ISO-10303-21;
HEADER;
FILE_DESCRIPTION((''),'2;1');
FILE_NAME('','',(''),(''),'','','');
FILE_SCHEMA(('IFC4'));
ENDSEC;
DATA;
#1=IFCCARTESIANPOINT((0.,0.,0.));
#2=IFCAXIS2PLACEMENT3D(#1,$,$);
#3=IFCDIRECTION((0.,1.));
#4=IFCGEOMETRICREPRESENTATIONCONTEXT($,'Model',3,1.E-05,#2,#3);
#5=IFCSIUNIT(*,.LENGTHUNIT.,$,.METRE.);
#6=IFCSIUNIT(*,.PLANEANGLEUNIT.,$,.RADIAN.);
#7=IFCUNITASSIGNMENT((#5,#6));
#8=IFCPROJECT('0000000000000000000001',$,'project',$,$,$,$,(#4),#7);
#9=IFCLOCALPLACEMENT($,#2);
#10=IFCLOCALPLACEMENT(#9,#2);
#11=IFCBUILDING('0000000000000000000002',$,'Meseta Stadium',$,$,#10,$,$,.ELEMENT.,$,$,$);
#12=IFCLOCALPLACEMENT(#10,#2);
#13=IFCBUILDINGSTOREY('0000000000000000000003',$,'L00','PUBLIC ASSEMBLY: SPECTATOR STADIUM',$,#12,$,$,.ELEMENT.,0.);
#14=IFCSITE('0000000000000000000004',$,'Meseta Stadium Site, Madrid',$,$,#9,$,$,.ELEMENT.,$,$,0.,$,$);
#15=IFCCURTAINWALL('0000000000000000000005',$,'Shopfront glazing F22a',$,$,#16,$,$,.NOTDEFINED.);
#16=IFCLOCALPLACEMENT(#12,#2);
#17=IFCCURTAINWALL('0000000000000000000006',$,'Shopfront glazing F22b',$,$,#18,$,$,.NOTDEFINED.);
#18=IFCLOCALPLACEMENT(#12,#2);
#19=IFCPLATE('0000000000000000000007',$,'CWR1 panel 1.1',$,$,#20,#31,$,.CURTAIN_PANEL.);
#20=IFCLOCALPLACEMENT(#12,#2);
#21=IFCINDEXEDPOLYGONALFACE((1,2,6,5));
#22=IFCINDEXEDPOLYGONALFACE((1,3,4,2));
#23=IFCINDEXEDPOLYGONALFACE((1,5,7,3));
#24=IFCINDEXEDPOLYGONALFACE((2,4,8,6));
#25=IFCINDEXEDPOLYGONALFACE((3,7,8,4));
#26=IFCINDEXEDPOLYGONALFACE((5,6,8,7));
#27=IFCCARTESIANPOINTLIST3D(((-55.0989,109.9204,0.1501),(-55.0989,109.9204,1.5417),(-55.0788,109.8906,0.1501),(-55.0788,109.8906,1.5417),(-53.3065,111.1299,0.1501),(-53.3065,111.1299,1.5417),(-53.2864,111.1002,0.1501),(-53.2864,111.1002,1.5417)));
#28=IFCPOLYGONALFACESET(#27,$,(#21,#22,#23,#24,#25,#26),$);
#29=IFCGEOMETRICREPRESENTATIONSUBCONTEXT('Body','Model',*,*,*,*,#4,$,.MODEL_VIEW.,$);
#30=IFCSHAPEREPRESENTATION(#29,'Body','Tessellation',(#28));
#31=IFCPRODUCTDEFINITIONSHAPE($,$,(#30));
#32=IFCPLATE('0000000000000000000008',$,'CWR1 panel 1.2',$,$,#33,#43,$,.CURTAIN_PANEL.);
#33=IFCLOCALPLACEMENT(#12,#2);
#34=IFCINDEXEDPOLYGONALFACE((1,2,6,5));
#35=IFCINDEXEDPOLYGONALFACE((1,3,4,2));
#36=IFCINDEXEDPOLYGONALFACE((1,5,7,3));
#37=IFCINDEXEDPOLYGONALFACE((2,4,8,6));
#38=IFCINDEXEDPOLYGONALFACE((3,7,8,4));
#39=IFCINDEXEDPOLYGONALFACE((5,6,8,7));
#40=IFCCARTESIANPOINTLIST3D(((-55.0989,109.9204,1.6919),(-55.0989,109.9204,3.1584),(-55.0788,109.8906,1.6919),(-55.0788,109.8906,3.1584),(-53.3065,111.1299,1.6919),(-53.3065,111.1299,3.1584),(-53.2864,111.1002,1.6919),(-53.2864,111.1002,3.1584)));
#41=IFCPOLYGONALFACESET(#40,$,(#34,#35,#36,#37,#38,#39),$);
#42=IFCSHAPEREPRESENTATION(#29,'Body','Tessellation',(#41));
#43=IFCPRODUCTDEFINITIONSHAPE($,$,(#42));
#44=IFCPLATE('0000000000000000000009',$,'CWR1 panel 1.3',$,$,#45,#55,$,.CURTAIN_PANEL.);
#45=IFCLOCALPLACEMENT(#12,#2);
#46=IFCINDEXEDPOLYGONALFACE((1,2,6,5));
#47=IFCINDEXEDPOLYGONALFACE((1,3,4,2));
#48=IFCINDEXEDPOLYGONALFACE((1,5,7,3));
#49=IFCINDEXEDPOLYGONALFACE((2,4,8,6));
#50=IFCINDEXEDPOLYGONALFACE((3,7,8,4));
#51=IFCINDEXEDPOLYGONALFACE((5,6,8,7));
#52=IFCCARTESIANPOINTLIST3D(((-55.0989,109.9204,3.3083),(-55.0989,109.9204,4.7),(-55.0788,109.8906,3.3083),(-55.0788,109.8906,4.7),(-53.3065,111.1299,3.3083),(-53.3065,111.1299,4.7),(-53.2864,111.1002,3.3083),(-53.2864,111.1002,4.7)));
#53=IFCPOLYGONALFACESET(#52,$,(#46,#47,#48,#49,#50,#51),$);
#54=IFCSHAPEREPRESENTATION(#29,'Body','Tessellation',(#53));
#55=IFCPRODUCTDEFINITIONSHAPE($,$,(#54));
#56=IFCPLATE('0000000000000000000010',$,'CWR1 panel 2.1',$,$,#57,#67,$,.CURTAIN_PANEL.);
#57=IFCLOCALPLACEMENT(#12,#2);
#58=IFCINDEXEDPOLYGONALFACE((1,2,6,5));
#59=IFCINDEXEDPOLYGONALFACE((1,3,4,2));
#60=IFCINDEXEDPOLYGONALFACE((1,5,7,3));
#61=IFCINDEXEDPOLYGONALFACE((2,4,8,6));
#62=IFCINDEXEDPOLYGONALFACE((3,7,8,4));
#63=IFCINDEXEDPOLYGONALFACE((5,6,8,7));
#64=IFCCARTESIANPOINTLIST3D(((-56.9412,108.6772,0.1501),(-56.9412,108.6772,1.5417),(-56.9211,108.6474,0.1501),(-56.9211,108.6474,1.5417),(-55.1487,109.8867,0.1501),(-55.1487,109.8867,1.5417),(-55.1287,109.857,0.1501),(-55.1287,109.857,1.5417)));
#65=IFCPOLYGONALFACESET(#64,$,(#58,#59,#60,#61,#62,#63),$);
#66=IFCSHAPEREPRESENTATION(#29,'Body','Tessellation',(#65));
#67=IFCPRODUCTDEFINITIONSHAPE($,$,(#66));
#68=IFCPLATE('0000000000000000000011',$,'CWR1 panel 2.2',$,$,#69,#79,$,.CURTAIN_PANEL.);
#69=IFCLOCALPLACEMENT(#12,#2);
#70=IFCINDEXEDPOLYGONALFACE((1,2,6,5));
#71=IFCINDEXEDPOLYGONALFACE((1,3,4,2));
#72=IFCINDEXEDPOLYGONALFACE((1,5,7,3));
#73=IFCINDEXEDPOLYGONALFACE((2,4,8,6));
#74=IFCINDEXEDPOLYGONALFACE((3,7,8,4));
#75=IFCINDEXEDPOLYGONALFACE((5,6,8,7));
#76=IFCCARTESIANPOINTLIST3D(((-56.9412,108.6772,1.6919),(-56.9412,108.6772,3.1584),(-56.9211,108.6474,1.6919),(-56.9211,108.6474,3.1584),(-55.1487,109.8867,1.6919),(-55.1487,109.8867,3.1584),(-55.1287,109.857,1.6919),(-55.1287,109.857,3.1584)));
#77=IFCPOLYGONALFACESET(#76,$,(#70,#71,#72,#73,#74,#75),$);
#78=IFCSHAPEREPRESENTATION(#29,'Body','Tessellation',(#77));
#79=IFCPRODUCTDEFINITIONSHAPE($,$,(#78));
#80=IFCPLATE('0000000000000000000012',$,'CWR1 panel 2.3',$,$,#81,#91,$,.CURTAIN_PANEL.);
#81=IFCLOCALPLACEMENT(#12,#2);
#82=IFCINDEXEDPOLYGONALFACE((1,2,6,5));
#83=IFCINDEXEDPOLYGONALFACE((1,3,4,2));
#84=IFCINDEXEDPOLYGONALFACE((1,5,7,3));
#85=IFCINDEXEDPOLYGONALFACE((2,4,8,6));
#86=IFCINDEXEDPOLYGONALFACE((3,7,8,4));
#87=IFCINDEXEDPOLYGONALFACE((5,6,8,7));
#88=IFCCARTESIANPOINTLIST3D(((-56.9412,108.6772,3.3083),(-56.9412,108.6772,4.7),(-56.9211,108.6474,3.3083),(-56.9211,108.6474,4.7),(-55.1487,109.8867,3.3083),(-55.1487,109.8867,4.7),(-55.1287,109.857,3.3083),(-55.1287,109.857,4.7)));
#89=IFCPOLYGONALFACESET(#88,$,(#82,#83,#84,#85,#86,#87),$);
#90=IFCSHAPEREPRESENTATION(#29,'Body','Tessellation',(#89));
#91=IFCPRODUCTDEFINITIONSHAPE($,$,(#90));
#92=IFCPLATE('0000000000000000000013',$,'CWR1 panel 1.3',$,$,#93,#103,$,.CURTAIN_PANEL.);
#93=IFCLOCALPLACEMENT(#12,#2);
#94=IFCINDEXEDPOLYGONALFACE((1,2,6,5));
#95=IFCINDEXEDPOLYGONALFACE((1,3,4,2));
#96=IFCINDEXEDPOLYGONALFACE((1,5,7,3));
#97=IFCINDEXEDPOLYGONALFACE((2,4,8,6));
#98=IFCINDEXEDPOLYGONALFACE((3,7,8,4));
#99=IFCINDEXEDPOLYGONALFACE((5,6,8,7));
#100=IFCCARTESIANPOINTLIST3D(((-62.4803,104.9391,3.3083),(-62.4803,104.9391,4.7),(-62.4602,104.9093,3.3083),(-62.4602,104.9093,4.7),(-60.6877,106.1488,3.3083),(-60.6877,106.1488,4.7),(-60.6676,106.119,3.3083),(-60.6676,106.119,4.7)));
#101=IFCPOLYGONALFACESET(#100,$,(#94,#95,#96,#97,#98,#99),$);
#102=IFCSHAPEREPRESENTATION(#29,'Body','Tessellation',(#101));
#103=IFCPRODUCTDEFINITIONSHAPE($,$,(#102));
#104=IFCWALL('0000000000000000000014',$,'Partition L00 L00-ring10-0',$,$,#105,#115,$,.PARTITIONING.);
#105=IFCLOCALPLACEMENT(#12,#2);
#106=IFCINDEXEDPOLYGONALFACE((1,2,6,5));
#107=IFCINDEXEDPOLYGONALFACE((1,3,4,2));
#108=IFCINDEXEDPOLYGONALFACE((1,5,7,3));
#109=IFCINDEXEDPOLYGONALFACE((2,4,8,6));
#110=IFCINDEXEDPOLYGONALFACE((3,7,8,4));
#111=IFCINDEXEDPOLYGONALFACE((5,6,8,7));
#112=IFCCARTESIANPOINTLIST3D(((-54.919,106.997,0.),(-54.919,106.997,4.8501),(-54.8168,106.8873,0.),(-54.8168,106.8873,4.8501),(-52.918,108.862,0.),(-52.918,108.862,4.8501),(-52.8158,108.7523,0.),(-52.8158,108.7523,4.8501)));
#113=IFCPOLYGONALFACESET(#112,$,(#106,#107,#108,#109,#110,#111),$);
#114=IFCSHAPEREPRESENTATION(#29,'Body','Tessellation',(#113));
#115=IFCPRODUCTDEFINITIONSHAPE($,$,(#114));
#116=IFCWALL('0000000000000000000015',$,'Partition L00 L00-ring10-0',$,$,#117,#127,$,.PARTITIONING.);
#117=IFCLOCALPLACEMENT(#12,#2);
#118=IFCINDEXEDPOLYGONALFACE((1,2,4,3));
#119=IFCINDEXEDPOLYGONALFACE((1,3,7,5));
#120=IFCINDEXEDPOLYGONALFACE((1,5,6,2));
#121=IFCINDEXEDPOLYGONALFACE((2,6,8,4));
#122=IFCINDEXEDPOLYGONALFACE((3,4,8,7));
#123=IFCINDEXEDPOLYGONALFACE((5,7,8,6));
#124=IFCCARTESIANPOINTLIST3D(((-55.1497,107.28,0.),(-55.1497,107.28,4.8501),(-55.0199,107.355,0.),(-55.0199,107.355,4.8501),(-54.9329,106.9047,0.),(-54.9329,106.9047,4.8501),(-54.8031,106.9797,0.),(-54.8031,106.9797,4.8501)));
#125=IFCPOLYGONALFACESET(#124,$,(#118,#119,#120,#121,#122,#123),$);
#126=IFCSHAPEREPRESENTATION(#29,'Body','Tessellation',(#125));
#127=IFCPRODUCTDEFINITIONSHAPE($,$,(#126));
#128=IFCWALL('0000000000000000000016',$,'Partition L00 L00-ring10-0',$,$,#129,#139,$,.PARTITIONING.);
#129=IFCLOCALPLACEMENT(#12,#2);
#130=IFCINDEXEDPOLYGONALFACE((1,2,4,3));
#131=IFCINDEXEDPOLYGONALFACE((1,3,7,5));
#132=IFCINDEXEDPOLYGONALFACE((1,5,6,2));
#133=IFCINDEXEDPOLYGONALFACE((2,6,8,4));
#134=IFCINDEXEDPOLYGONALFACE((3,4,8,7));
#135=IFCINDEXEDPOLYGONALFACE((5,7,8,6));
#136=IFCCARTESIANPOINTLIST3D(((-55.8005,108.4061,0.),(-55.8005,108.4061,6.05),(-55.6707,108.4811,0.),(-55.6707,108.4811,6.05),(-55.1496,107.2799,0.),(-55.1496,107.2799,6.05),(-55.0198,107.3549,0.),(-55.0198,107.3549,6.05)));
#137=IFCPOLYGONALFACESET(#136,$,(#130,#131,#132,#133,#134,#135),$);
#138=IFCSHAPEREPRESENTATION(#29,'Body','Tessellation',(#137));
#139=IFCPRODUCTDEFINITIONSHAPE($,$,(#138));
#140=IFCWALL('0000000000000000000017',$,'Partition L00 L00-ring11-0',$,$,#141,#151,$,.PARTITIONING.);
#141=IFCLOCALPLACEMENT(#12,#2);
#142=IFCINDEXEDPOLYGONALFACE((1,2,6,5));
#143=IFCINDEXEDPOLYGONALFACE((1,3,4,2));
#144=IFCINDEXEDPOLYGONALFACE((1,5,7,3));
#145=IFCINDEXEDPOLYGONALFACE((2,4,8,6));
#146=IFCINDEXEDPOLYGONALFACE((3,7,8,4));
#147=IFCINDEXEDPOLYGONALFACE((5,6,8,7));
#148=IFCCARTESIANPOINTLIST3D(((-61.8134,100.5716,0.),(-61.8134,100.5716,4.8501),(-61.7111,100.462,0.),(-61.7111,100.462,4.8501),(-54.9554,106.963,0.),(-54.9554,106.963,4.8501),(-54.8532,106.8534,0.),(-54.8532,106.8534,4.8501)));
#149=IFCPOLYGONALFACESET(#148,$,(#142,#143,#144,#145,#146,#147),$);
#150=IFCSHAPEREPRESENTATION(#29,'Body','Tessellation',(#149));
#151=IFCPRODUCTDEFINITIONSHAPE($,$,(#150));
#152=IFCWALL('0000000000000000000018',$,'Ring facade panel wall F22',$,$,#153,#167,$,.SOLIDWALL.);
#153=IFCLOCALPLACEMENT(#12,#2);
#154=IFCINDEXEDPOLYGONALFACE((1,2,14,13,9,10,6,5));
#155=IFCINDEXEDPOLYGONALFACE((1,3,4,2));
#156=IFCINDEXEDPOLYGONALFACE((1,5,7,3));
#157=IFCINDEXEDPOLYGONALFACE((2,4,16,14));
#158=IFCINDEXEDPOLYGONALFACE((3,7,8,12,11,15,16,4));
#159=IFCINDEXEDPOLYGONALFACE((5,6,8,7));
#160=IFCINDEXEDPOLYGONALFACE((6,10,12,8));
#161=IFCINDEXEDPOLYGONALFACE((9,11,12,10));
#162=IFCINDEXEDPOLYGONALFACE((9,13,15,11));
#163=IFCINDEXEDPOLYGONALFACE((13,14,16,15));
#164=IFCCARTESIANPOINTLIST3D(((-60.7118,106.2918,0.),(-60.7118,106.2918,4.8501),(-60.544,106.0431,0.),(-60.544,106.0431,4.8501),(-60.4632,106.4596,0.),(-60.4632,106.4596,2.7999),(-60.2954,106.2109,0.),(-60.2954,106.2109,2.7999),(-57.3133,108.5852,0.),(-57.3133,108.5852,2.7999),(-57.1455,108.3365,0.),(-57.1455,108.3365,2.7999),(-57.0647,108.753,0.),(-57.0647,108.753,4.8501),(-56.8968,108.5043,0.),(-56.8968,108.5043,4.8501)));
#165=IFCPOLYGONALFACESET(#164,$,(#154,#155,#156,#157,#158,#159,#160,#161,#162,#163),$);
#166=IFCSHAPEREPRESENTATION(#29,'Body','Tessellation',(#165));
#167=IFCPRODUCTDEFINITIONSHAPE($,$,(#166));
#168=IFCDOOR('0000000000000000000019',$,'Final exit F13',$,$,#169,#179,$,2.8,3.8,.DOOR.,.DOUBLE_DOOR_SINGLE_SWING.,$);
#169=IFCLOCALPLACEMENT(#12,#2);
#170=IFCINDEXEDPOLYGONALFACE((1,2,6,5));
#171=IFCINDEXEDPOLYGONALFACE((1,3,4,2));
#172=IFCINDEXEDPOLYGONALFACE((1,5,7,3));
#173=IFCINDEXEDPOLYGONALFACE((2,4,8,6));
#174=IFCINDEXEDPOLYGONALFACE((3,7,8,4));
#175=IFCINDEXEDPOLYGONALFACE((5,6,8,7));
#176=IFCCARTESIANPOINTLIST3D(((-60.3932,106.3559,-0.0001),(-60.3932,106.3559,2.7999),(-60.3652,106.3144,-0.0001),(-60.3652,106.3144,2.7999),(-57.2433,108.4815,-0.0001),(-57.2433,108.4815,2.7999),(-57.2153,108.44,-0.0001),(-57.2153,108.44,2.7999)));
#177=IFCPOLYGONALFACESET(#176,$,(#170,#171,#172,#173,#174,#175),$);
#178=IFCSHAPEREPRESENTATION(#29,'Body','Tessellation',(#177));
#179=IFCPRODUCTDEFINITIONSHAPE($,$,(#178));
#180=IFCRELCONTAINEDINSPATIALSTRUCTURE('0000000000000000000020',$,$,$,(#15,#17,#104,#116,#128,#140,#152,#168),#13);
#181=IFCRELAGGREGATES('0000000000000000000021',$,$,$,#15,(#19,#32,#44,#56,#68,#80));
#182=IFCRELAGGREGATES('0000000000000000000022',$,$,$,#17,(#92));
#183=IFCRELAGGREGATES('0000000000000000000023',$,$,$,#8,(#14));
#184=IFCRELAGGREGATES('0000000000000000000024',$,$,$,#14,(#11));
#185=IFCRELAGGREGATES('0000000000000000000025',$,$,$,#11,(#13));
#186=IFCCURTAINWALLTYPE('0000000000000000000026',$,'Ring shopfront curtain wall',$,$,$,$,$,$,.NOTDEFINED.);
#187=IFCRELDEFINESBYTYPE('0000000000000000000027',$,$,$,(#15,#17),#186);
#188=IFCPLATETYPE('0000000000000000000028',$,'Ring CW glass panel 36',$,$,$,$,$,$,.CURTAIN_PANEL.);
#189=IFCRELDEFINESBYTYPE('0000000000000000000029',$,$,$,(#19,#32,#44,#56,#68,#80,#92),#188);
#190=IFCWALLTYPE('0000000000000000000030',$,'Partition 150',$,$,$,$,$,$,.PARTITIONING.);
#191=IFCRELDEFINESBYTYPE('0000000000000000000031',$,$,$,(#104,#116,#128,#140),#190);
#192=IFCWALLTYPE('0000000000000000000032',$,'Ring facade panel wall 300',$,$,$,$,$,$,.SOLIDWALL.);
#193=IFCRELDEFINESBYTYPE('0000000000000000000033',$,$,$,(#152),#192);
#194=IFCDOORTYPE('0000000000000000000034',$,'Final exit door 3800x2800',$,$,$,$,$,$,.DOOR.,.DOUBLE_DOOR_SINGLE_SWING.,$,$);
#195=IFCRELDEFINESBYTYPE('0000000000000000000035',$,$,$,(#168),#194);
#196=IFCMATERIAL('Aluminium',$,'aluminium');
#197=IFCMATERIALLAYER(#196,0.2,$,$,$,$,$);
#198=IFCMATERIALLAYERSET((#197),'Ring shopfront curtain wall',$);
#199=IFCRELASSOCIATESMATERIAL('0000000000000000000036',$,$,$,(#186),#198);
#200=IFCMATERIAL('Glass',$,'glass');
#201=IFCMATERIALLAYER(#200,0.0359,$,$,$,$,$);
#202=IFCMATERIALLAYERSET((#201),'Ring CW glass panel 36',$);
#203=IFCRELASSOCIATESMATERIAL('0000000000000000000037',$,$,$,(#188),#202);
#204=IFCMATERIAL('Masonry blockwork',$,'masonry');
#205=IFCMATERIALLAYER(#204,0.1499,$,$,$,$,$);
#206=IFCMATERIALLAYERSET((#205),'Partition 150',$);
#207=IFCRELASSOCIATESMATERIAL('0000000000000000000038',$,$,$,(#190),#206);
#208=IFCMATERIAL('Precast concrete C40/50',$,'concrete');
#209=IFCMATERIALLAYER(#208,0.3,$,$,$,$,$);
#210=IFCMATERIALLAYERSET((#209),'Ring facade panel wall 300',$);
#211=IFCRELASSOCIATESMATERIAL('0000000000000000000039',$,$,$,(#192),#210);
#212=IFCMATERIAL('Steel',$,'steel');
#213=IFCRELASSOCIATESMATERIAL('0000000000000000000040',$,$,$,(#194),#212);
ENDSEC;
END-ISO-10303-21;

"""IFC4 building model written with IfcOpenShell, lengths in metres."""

from ifc_helpers import new_model, si_unit, direction, frame, frame_2d, origin, origin_2d, place, context, subcontext, project, spatial, rectangle, extrude, material, layer, layer_set, type_object, element, fill, aggregate, save


model = new_model("IFC4")

# Units and contexts
model_context = context("Model", 3, precision=1e-05, world=origin(), true_north=direction((0.0, 1.0)))
body_context = subcontext(model_context, "Body", "Model", "MODEL_VIEW")
ifc_project = project(units=[si_unit("LENGTHUNIT", "METRE"), si_unit("PLANEANGLEUNIT", "RADIAN")], contexts=[model_context])

# Site, building, storey
site_placement = place(None, origin())
site = spatial("IfcSite", under=ifc_project, at=site_placement, Name="Meseta Stadium Site, Madrid", CompositionType="ELEMENT", RefElevation=0.0)
building_placement = place(site_placement, origin())
building = spatial("IfcBuilding", under=site, at=building_placement, Name="Meseta Stadium", CompositionType="ELEMENT")
storey_placement = place(building_placement, origin())
storey = spatial("IfcBuildingStorey", under=building, at=storey_placement, Name="L00", Description="PUBLIC ASSEMBLY: SPECTATOR STADIUM", CompositionType="ELEMENT", Elevation=0.0)

# Curtain wall
ifc_material_1 = material(Name="Aluminium", Category="aluminium")
ifc_layer_1 = layer(ifc_material_1, 0.2)
ifc_layer_set_1 = layer_set([ifc_layer_1], Name="Ring shopfront curtain wall")
curtain_wall_type = type_object("IfcCurtainWallType", Name="Ring shopfront curtain wall", PredefinedType="NOTDEFINED", material=ifc_layer_set_1)
curtain_wall_1_placement = place(storey_placement, origin())
curtain_wall_1 = element("IfcCurtainWall", 1, at=curtain_wall_1_placement, inside=storey, type_object=curtain_wall_type, Name="Shopfront glazing F22a", PredefinedType="NOTDEFINED")

# Curtain wall
curtain_wall_2_placement = place(storey_placement, origin())
curtain_wall_2 = element("IfcCurtainWall", 2, at=curtain_wall_2_placement, inside=storey, type_object=curtain_wall_type, Name="Shopfront glazing F22b", PredefinedType="NOTDEFINED")

# Plates
ifc_material_2 = material(Name="Glass", Category="glass")
ifc_layer_2 = layer(ifc_material_2, 0.0359)
ifc_layer_set_2 = layer_set([ifc_layer_2], Name="Ring CW glass panel 36")
plate_type = type_object("IfcPlateType", Name="Ring CW glass panel 36", PredefinedType="CURTAIN_PANEL", material=ifc_layer_set_2)
plate_1_placement = place(storey_placement, frame((-54.1926, 110.5103, 0.1501), z_axis=(0.0, 0.0, 1.0), x_axis=(-0.828919, -0.559368, 0.0)))
plate_1 = element("IfcPlate", 3, at=plate_1_placement, type_object=plate_type, Name="CWR1 panel 1.1", PredefinedType="CURTAIN_PANEL", context=body_context, shape_type="SweptSolid", body=[
    extrude(rectangle(XDim=2.1624, YDim=0.0359, at=origin_2d()), origin(), (0.0, 0.0, 1.0), 1.3916),
])
plate_2_placement = place(storey_placement, frame((-54.1926, 110.5103, 1.6919), z_axis=(0.0, 0.0, 1.0), x_axis=(-0.828919, -0.559368, 0.0)))
plate_2 = element("IfcPlate", 4, at=plate_2_placement, type_object=plate_type, Name="CWR1 panel 1.2", PredefinedType="CURTAIN_PANEL", context=body_context, shape_type="SweptSolid", body=[
    extrude(rectangle(XDim=2.1624, YDim=0.0359, at=origin_2d()), origin(), (0.0, 0.0, 1.0), 1.4666),
])
plate_3_placement = place(storey_placement, frame((-54.1926, 110.5103, 3.3083), z_axis=(0.0, 0.0, 1.0), x_axis=(-0.828919, -0.559368, 0.0)))
plate_3 = element("IfcPlate", 5, at=plate_3_placement, type_object=plate_type, Name="CWR1 panel 1.3", PredefinedType="CURTAIN_PANEL", context=body_context, shape_type="SweptSolid", body=[
    extrude(rectangle(XDim=2.1624, YDim=0.0359, at=origin_2d()), origin(), (0.0, 0.0, 1.0), 1.3916),
])
plate_4_placement = place(storey_placement, frame((-56.0349, 109.2671, 0.1501), z_axis=(0.0, 0.0, 1.0), x_axis=(-0.828919, -0.559368, 0.0)))
plate_4 = element("IfcPlate", 6, at=plate_4_placement, type_object=plate_type, Name="CWR1 panel 2.1", PredefinedType="CURTAIN_PANEL", context=body_context, shape_type="SweptSolid", body=[
    extrude(rectangle(XDim=2.1624, YDim=0.0359, at=origin_2d()), origin(), (0.0, 0.0, 1.0), 1.3916),
])
plate_5_placement = place(storey_placement, frame((-56.0349, 109.2671, 1.6919), z_axis=(0.0, 0.0, 1.0), x_axis=(-0.828919, -0.559368, 0.0)))
plate_5 = element("IfcPlate", 7, at=plate_5_placement, type_object=plate_type, Name="CWR1 panel 2.2", PredefinedType="CURTAIN_PANEL", context=body_context, shape_type="SweptSolid", body=[
    extrude(rectangle(XDim=2.1624, YDim=0.0359, at=origin_2d()), origin(), (0.0, 0.0, 1.0), 1.4666),
])
plate_6_placement = place(storey_placement, frame((-56.0349, 109.2671, 3.3083), z_axis=(0.0, 0.0, 1.0), x_axis=(-0.828919, -0.559368, 0.0)))
plate_6 = element("IfcPlate", 8, at=plate_6_placement, type_object=plate_type, Name="CWR1 panel 2.3", PredefinedType="CURTAIN_PANEL", context=body_context, shape_type="SweptSolid", body=[
    extrude(rectangle(XDim=2.1624, YDim=0.0359, at=origin_2d()), origin(), (0.0, 0.0, 1.0), 1.3916),
])
aggregate(curtain_wall_1, [plate_1, plate_2, plate_3, plate_4, plate_5, plate_6])
plate_7_placement = place(storey_placement, frame((-61.574, 105.5291, 3.3083), z_axis=(0.0, 0.0, 1.0), x_axis=(-0.828909, -0.559384, 0.0)))
plate_7 = element("IfcPlate", 9, at=plate_7_placement, type_object=plate_type, Name="CWR1 panel 1.3", PredefinedType="CURTAIN_PANEL", context=body_context, shape_type="SweptSolid", body=[
    extrude(rectangle(XDim=2.1626, YDim=0.0359, at=origin_2d()), origin(), (0.0, 0.0, 1.0), 1.3916),
])
aggregate(curtain_wall_2, [plate_7])

# Walls
ifc_material_3 = material(Name="Masonry blockwork", Category="masonry")
ifc_layer_3 = layer(ifc_material_3, 0.1499)
ifc_layer_set_3 = layer_set([ifc_layer_3], Name="Partition 150")
wall_type_1 = type_object("IfcWallType", Name="Partition 150", PredefinedType="PARTITIONING", material=ifc_layer_set_3)
wall_1_placement = place(storey_placement, frame((-52.8669, 108.8071, 0.0), z_axis=(0.0, 0.0, 1.0), x_axis=(-0.731527, -0.681812, 0.0)))
element("IfcWall", 10, at=wall_1_placement, inside=storey, type_object=wall_type_1, Name="Partition L00 L00-ring10-0", PredefinedType="PARTITIONING", context=body_context, shape_type="SweptSolid", body=[
    extrude(rectangle(XDim=2.7354, YDim=0.1499, at=frame_2d((1.3677, 0.0))), origin(), (0.0, 0.0, 1.0), 4.8501),
])
wall_2_placement = place(storey_placement, frame((-54.8679, 106.9421, 0.0), z_axis=(0.0, 0.0, 1.0), x_axis=(-0.500259, 0.865876, 0.0)))
element("IfcWall", 11, at=wall_2_placement, inside=storey, type_object=wall_type_1, Name="Partition L00 L00-ring10-0", PredefinedType="PARTITIONING", context=body_context, shape_type="SweptSolid", body=[
    extrude(rectangle(XDim=0.4333, YDim=0.1499, at=frame_2d((0.2168, 0.0))), origin(), (0.0, 0.0, 1.0), 4.8501),
])
wall_3_placement = place(storey_placement, frame((-55.0847, 107.3174, 0.0), z_axis=(0.0, 0.0, 1.0), x_axis=(-0.500378, 0.865807, 0.0)))
element("IfcWall", 12, at=wall_3_placement, inside=storey, type_object=wall_type_1, Name="Partition L00 L00-ring10-0", PredefinedType="PARTITIONING", context=body_context, shape_type="SweptSolid", body=[
    extrude(rectangle(XDim=1.3008, YDim=0.1499, at=frame_2d((0.6504, 0.0))), origin(), (0.0, 0.0, 1.0), 6.05),
])
wall_4_placement = place(storey_placement, frame((-54.9043, 106.9082, 0.0), z_axis=(0.0, 0.0, 1.0), x_axis=(-0.731553, -0.681785, 0.0)))
element("IfcWall", 13, at=wall_4_placement, inside=storey, type_object=wall_type_1, Name="Partition L00 L00-ring11-0", PredefinedType="PARTITIONING", context=body_context, shape_type="SweptSolid", body=[
    extrude(rectangle(XDim=9.3745, YDim=0.1499, at=frame_2d((4.6873, 0.0))), origin(), (0.0, 0.0, 1.0), 4.8501),
])

# Wall, opening, door
ifc_material_4 = material(Name="Precast concrete C40/50", Category="concrete")
ifc_layer_4 = layer(ifc_material_4, 0.3)
ifc_layer_set_4 = layer_set([ifc_layer_4], Name="Ring facade panel wall 300")
wall_type_2 = type_object("IfcWallType", Name="Ring facade panel wall 300", PredefinedType="SOLIDWALL", material=ifc_layer_set_4)
wall_5_placement = place(storey_placement, frame((-60.6279, 106.1675, 0.0), z_axis=(0.0, 0.0, 1.0), x_axis=(0.828921, 0.559365, 0.0)))
wall_5 = element("IfcWall", 14, at=wall_5_placement, inside=storey, type_object=wall_type_2, Name="Ring facade panel wall F22", PredefinedType="SOLIDWALL", context=body_context, shape_type="SweptSolid", body=[
    extrude(rectangle(XDim=4.3999, YDim=0.3, at=frame_2d((2.2, 0.0))), origin(), (0.0, 0.0, 1.0), 4.8501),
])
opening_placement = place(wall_5_placement, frame((0.3, 0.0, 0.0)))
opening = element("IfcOpeningElement", 15, at=opening_placement, cuts=wall_5, PredefinedType="OPENING", context=body_context, shape_type="SweptSolid", body=[
    extrude(rectangle(XDim=3.8, YDim=2.8, at=frame_2d((1.8999, 1.3999))), frame((0.0, 0.1599, 0.0), z_axis=(0.0, -1.0, 0.0), x_axis=(1.0, 0.0, 0.0)), (0.0, 0.0, 1.0), 0.3201),
])
ifc_material_5 = material(Name="Steel", Category="steel")
door_type = type_object("IfcDoorType", Name="Final exit door 3800x2800", OperationType="DOUBLE_DOOR_SINGLE_SWING", PredefinedType="DOOR", material=ifc_material_5)
door_placement = place(opening_placement, origin())
door = element("IfcDoor", 16, at=door_placement, inside=storey, type_object=door_type, Name="Final exit F13", OperationType="DOUBLE_DOOR_SINGLE_SWING", OverallHeight=2.8, OverallWidth=3.8, PredefinedType="DOOR", context=body_context, shape_type="SweptSolid", body=[
    extrude(rectangle(XDim=3.8, YDim=2.8, at=frame_2d((1.8999, 1.3999))), frame((0.0, 0.0249, 0.0), z_axis=(0.0, -1.0, 0.0), x_axis=(1.0, 0.0, 0.0)), (0.0, 0.0, 1.0), 0.05),
])
fill(opening, door)

save(model, "model.ifc")
